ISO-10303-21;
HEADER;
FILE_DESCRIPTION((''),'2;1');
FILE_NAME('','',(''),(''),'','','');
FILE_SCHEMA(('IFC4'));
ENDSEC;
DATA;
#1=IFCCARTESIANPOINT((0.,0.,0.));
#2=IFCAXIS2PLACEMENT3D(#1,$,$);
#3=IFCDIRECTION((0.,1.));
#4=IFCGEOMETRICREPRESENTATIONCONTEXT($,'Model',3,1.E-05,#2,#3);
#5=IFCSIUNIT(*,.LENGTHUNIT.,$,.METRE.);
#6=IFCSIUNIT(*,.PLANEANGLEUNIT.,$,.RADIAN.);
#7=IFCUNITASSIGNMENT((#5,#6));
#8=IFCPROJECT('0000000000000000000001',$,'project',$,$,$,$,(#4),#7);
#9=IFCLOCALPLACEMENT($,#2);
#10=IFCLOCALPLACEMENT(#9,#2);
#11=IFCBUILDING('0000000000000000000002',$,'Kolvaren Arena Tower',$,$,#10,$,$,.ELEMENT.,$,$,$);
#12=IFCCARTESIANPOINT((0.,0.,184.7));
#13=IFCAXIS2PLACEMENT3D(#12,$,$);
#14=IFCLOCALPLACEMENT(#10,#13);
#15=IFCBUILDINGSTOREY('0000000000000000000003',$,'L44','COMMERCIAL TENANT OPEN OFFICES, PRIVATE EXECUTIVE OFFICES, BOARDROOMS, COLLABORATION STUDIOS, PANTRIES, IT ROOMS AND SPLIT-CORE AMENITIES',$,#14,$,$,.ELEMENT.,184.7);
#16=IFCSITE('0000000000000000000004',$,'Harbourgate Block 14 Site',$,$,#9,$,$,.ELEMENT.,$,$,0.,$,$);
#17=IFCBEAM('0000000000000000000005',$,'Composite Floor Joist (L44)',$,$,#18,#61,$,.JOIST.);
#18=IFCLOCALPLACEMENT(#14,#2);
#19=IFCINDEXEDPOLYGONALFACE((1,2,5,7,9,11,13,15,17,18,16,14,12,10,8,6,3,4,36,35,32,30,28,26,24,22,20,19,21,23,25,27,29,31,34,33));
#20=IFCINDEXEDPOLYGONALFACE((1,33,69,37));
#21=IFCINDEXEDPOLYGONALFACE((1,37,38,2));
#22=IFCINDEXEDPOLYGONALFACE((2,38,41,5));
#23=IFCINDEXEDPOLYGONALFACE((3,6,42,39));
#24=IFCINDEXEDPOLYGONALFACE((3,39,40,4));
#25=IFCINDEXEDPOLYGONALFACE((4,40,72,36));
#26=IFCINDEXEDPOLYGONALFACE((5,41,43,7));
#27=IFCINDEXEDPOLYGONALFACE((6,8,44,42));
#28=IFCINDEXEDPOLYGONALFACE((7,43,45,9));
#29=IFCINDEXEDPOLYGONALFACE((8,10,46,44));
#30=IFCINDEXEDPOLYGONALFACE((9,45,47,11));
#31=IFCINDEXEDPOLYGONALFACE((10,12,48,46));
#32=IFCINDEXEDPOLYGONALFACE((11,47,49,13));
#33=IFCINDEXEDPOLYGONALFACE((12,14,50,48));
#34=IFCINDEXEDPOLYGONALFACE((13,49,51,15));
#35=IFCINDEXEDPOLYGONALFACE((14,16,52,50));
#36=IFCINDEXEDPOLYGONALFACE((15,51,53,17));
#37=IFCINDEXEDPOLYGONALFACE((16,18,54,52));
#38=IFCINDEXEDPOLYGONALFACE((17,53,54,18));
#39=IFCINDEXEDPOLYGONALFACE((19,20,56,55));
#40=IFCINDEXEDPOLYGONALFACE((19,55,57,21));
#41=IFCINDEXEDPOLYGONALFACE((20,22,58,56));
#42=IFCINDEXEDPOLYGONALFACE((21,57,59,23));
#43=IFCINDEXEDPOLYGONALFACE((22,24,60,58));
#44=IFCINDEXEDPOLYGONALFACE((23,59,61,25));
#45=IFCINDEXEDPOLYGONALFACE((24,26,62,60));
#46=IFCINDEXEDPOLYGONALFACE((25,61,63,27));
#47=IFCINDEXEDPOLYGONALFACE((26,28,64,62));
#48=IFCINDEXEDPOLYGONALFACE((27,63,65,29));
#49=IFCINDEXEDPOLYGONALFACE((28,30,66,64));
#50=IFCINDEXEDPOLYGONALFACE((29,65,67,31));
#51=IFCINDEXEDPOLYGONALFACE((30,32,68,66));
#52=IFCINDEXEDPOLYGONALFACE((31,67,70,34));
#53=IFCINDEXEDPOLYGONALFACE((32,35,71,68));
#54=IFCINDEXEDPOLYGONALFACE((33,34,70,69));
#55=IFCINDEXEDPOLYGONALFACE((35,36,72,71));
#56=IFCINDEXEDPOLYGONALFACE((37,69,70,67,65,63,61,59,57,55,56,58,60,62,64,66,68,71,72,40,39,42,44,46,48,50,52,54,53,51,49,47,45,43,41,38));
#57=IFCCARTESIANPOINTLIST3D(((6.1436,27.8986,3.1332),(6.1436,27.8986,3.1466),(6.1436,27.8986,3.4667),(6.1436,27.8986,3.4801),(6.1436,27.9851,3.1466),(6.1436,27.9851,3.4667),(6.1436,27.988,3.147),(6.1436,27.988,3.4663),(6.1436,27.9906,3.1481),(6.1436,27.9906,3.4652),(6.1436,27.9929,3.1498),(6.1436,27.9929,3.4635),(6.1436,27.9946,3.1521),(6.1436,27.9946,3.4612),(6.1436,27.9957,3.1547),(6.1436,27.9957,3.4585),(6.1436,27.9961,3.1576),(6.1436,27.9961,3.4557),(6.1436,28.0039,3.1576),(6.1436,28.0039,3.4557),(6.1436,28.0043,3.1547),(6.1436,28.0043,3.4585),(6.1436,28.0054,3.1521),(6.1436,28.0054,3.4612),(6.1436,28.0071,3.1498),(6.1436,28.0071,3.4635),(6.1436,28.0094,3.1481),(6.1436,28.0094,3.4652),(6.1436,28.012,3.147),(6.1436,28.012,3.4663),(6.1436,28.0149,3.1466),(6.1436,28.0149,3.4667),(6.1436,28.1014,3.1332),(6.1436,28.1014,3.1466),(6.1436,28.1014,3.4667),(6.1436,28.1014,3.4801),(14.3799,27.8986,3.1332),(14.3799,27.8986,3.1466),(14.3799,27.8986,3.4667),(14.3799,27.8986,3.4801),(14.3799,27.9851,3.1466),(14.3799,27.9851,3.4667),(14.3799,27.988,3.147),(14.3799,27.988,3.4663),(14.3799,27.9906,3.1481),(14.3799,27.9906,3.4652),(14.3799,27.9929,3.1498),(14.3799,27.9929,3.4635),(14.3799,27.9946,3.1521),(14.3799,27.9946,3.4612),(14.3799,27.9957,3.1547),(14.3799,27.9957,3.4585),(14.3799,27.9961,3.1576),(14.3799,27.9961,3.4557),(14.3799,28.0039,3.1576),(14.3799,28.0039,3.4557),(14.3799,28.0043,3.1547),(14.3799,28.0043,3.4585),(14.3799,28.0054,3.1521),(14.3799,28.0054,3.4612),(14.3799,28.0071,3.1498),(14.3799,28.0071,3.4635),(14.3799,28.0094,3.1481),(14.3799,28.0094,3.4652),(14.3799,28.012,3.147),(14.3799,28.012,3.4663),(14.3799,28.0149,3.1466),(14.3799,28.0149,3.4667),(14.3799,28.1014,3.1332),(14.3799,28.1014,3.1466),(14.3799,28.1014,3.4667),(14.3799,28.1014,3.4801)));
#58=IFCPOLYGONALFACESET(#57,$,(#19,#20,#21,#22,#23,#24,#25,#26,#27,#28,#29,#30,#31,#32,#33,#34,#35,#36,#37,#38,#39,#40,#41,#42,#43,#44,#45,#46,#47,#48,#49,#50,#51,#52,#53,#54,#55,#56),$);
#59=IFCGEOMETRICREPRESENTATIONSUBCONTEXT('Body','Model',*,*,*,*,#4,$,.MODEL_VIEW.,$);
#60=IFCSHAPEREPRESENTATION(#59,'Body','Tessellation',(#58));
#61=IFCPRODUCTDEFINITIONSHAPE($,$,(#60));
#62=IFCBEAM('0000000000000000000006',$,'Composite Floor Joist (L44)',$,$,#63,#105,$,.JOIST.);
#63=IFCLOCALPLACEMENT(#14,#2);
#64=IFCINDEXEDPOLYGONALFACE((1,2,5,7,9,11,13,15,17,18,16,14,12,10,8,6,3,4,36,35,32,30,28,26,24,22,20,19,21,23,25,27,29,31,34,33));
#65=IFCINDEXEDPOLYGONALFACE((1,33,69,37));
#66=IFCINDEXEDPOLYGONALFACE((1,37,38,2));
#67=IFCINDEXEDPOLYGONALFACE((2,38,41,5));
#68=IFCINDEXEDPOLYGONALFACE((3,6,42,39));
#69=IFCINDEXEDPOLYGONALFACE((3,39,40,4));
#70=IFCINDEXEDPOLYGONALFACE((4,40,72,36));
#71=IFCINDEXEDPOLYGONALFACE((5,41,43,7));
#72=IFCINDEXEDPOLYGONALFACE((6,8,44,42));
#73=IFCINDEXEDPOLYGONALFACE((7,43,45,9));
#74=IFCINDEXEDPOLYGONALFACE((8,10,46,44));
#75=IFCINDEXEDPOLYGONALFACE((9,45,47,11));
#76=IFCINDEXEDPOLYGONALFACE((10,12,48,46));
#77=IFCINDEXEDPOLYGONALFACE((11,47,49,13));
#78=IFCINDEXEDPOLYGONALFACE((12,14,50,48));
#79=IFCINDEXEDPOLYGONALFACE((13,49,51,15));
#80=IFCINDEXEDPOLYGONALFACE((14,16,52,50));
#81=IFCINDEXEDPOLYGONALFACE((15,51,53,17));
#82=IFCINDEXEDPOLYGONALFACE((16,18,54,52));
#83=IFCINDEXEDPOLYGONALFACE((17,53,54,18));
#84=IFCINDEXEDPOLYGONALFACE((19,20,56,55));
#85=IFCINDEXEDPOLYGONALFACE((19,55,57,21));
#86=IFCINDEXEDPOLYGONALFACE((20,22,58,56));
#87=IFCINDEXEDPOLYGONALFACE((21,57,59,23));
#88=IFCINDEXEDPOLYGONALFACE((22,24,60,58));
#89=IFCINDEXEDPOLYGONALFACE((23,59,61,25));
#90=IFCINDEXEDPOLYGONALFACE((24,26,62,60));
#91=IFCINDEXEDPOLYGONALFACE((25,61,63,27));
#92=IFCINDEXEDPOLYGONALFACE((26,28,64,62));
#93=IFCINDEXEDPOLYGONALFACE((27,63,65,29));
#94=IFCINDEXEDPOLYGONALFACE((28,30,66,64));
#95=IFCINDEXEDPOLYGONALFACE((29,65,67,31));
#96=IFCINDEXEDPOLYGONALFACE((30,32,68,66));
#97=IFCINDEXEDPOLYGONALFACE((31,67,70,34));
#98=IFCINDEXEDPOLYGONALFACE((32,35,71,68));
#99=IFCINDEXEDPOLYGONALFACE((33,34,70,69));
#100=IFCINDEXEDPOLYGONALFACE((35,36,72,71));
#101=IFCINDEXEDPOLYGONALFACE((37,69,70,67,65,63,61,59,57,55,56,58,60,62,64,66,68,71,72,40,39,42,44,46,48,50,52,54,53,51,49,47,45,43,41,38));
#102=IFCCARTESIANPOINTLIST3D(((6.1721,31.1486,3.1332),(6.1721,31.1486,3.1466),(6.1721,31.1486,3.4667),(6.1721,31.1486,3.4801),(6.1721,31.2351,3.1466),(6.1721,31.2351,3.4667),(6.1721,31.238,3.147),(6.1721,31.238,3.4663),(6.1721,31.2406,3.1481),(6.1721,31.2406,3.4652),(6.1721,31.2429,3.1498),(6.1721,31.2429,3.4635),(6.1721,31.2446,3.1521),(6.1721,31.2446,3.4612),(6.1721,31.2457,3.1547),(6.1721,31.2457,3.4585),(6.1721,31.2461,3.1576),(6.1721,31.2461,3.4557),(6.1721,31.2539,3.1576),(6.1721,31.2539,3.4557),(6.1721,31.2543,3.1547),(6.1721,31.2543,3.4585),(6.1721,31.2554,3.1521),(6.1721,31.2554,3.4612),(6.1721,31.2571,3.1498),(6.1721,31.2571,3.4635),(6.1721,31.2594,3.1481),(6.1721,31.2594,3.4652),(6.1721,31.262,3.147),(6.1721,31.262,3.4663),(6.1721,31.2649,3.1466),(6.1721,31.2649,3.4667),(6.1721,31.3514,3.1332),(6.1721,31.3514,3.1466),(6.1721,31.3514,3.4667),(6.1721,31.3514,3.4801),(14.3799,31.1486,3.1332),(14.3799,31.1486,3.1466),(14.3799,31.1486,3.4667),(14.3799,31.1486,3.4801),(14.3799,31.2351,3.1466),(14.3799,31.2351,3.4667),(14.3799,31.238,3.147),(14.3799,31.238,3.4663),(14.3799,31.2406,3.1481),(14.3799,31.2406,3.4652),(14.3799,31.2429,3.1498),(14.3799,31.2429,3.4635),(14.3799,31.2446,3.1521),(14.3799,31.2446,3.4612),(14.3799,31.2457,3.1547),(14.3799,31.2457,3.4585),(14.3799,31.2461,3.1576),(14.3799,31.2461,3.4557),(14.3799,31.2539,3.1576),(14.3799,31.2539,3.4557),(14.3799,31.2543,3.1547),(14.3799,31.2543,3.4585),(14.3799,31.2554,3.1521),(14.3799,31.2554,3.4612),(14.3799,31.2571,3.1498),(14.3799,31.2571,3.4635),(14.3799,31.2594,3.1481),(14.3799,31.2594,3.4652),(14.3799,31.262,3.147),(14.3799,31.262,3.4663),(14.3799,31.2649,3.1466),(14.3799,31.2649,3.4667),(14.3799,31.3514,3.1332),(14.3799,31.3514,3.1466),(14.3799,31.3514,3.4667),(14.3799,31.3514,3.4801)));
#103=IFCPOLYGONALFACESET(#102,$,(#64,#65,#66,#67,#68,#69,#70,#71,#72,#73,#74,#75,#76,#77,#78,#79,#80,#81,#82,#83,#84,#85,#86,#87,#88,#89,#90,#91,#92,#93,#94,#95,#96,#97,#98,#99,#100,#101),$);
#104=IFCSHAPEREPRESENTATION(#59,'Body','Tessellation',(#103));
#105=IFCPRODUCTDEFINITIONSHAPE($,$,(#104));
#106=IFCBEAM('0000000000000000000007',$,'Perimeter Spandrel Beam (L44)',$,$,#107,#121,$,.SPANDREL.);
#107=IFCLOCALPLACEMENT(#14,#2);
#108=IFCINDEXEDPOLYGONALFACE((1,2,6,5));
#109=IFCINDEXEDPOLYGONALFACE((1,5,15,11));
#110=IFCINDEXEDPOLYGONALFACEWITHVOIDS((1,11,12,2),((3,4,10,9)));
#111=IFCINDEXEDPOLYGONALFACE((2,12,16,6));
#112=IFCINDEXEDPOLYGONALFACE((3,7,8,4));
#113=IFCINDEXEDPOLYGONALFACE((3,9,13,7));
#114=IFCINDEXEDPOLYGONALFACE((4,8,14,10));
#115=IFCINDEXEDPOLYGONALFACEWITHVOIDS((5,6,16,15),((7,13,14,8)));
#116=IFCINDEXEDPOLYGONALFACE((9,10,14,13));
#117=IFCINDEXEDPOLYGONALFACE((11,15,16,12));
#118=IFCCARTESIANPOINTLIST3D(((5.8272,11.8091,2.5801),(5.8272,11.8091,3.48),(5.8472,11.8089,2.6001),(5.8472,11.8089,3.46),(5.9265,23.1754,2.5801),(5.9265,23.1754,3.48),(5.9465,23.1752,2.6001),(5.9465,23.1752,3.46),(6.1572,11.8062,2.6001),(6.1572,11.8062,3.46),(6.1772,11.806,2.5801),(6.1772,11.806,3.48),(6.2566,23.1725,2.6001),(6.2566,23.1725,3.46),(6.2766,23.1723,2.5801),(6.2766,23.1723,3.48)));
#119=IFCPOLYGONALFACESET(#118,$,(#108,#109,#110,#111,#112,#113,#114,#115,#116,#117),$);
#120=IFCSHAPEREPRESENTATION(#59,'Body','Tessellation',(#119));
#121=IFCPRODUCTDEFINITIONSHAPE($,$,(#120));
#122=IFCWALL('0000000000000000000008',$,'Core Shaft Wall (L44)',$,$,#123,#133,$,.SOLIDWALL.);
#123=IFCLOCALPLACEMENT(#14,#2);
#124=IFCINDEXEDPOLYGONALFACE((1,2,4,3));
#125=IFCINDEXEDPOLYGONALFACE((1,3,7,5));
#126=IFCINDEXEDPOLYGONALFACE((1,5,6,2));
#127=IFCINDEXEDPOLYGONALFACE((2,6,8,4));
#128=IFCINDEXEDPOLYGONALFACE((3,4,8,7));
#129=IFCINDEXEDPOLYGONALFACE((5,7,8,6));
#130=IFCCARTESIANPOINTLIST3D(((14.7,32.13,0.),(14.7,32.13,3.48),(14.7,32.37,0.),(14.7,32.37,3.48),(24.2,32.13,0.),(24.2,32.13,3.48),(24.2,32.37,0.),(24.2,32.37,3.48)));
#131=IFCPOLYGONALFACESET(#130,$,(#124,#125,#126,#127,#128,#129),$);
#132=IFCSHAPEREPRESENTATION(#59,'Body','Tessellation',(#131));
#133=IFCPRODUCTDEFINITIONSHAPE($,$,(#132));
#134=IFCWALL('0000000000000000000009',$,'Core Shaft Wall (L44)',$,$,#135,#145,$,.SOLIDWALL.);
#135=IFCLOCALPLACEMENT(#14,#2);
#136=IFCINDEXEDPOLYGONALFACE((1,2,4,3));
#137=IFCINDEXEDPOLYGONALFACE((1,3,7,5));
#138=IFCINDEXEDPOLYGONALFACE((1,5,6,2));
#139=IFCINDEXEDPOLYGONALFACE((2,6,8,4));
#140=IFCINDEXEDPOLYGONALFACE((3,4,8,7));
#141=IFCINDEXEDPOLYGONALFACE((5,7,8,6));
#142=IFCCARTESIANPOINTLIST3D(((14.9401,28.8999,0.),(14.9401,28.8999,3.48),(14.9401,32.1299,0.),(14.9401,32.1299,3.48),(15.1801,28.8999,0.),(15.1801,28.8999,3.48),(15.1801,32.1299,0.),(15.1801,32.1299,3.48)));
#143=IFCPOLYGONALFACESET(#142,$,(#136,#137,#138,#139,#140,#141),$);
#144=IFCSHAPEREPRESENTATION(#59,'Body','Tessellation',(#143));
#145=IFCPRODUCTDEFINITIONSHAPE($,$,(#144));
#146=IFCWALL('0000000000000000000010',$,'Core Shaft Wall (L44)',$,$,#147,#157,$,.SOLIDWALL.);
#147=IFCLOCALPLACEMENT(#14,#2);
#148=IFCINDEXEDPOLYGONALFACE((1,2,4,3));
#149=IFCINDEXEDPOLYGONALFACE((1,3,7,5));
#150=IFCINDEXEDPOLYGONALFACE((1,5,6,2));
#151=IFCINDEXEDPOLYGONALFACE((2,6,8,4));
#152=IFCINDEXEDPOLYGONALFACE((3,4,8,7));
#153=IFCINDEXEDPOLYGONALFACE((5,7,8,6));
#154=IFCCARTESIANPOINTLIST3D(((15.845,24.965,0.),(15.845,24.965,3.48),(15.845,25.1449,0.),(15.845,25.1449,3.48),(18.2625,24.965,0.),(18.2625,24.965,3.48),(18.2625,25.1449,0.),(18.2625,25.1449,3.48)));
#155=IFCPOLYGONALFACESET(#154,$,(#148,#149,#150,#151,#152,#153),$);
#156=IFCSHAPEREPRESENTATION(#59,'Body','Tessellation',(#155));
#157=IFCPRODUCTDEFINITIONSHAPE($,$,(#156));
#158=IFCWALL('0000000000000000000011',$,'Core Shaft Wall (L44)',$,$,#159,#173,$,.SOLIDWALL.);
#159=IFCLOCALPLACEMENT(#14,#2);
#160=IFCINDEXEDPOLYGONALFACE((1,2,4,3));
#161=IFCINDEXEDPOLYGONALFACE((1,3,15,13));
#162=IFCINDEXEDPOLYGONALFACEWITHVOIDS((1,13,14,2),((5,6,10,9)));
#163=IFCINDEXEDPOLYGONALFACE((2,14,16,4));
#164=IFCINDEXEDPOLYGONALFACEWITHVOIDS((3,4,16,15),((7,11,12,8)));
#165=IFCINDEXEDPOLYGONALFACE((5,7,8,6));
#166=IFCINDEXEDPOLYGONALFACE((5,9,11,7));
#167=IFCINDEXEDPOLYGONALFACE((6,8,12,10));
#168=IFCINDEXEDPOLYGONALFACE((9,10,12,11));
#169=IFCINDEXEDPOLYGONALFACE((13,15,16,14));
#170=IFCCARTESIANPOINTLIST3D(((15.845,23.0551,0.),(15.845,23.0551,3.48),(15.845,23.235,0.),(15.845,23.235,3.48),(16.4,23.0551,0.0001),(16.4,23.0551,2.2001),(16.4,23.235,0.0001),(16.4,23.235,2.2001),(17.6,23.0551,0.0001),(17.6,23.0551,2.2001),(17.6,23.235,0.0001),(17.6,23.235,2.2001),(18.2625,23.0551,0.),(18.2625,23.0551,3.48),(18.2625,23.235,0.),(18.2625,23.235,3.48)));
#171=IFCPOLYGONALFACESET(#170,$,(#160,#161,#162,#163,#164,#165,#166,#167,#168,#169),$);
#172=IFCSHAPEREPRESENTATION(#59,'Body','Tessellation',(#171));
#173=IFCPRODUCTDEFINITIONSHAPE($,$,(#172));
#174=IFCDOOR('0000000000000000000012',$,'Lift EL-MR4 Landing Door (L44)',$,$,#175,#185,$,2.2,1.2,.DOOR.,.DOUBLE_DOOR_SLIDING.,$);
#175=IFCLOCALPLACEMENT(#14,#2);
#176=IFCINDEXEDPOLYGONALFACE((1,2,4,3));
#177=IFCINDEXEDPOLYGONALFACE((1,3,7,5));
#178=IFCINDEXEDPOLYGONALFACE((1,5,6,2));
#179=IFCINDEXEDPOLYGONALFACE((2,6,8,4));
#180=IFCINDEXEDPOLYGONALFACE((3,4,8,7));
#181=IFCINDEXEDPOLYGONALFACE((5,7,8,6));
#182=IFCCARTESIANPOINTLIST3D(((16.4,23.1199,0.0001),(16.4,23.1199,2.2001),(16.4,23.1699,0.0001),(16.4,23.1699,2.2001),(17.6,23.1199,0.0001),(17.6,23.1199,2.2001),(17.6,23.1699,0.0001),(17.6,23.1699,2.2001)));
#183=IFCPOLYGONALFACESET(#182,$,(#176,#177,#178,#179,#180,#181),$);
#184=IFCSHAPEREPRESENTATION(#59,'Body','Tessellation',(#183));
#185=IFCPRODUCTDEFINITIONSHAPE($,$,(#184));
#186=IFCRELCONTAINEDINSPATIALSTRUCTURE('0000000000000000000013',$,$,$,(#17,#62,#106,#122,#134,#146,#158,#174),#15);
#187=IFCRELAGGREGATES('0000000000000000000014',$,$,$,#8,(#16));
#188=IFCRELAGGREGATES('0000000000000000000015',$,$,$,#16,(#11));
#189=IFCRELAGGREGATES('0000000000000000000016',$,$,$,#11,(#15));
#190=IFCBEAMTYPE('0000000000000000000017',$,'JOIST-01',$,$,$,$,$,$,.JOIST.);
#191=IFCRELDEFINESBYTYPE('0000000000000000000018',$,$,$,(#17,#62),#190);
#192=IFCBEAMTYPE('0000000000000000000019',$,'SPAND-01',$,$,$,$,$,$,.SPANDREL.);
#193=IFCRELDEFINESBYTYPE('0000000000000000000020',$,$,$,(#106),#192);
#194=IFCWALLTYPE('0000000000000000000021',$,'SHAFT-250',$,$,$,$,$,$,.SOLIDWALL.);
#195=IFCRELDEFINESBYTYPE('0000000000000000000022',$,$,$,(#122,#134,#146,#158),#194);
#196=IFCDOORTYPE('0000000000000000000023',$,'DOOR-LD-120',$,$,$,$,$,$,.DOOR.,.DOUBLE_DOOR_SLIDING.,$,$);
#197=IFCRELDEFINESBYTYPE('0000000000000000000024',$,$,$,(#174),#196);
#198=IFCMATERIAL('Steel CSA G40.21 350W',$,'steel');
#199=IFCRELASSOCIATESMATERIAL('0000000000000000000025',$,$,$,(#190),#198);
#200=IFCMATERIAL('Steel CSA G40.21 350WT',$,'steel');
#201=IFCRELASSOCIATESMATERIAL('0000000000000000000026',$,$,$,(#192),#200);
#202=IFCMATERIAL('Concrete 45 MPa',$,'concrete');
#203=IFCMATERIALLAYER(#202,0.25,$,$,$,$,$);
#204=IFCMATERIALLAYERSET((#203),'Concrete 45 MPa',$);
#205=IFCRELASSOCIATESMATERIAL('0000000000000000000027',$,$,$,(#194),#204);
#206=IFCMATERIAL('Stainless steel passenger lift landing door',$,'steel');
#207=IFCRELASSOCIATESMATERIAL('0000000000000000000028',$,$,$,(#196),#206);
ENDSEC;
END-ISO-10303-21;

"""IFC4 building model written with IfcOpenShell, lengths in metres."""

from ifc_helpers import new_model, si_unit, direction, frame, frame_2d, origin, origin_2d, place, context, subcontext, project, spatial, rectangle, hollow_rectangle, i_section, extrude, material, layer, layer_set, material_profile, profile_set, type_object, element, fill, save


model = new_model("IFC4")

# Units and contexts
model_context = context("Model", 3, precision=1e-05, world=origin(), true_north=direction((0.0, 1.0)))
body_context = subcontext(model_context, "Body", "Model", "MODEL_VIEW")
ifc_project = project(units=[si_unit("LENGTHUNIT", "METRE"), si_unit("PLANEANGLEUNIT", "RADIAN")], contexts=[model_context])

# Site, building, storey
site_placement = place(None, origin())
site = spatial("IfcSite", under=ifc_project, at=site_placement, Name="Harbourgate Block 14 Site", CompositionType="ELEMENT", RefElevation=0.0)
building_placement = place(site_placement, origin())
building = spatial("IfcBuilding", under=site, at=building_placement, Name="Kolvaren Arena Tower", CompositionType="ELEMENT")
storey_placement = place(building_placement, frame((0.0, 0.0, 184.7)))
storey = spatial("IfcBuildingStorey", under=building, at=storey_placement, Name="L44", Description="COMMERCIAL TENANT OPEN OFFICES, PRIVATE EXECUTIVE OFFICES, BOARDROOMS, COLLABORATION STUDIOS, PANTRIES, IT ROOMS AND SPLIT-CORE AMENITIES", CompositionType="ELEMENT", Elevation=184.7)

# Beams
ifc_material_1 = material(Name="Steel CSA G40.21 350W", Category="steel")
ifc_material_profile_1 = material_profile(ifc_material_1, i_section(OverallWidth=0.2029, OverallDepth=0.3469, WebThickness=0.0078, FlangeThickness=0.0134, FilletRadius=0.011, at=origin_2d()), Name="W360x64")
ifc_profile_set_1 = profile_set([ifc_material_profile_1], Name="Steel CSA G40.21 350W")
beam_type_1 = type_object("IfcBeamType", Name="JOIST-01", PredefinedType="JOIST", material=ifc_profile_set_1)
beam_1_placement = place(storey_placement, frame((6.1436, 28.0, 3.3066), z_axis=(1.0, 0.0, 0.0), x_axis=(0.0, 1.0, 0.0)))
element("IfcBeam", 1, at=beam_1_placement, inside=storey, type_object=beam_type_1, Name="Composite Floor Joist (L44)", PredefinedType="JOIST", context=body_context, shape_type="SweptSolid", body=[
    extrude(i_section(OverallWidth=0.2029, OverallDepth=0.3469, WebThickness=0.0078, FlangeThickness=0.0134, FilletRadius=0.011, at=origin_2d()), origin(), (0.0, 0.0, 1.0), 8.2363),
])
beam_2_placement = place(storey_placement, frame((6.1721, 31.25, 3.3066), z_axis=(1.0, 0.0, 0.0), x_axis=(0.0, 1.0, 0.0)))
element("IfcBeam", 2, at=beam_2_placement, inside=storey, type_object=beam_type_1, Name="Composite Floor Joist (L44)", PredefinedType="JOIST", context=body_context, shape_type="SweptSolid", body=[
    extrude(i_section(OverallWidth=0.2029, OverallDepth=0.3469, WebThickness=0.0078, FlangeThickness=0.0134, FilletRadius=0.011, at=origin_2d()), origin(), (0.0, 0.0, 1.0), 8.2078),
])
ifc_material_2 = material(Name="Steel CSA G40.21 350WT", Category="steel")
ifc_material_profile_2 = material_profile(ifc_material_2, hollow_rectangle(XDim=0.3501, YDim=0.8999, WallThickness=0.02, at=origin_2d()), Name="HSS 900x350x20")
ifc_profile_set_2 = profile_set([ifc_material_profile_2], Name="Steel CSA G40.21 350WT")
beam_type_2 = type_object("IfcBeamType", Name="SPAND-01", PredefinedType="SPANDREL", material=ifc_profile_set_2)
beam_3_placement = place(storey_placement, frame((6.1016, 23.1738, 3.03), z_axis=(-0.008742, -0.999962, 0.0), x_axis=(0.999962, -0.008742, 0.0)))
element("IfcBeam", 3, at=beam_3_placement, inside=storey, type_object=beam_type_2, Name="Perimeter Spandrel Beam (L44)", PredefinedType="SPANDREL", context=body_context, shape_type="SweptSolid", body=[
    extrude(hollow_rectangle(XDim=0.3501, YDim=0.8999, WallThickness=0.02, at=origin_2d()), origin(), (0.0, 0.0, 1.0), 11.3667),
])

# Walls
ifc_material_3 = material(Name="Concrete 45 MPa", Category="concrete")
ifc_layer = layer(ifc_material_3, 0.25)
ifc_layer_set = layer_set([ifc_layer], Name="Concrete 45 MPa")
wall_type = type_object("IfcWallType", Name="SHAFT-250", PredefinedType="SOLIDWALL", material=ifc_layer_set)
wall_1_placement = place(storey_placement, frame((14.7, 32.25, 0.0), z_axis=(0.0, 0.0, 1.0), x_axis=(1.0, 0.0, 0.0)))
element("IfcWall", 4, at=wall_1_placement, inside=storey, type_object=wall_type, Name="Core Shaft Wall (L44)", PredefinedType="SOLIDWALL", context=body_context, shape_type="SweptSolid", body=[
    extrude(rectangle(XDim=9.5, YDim=0.24, at=frame_2d((4.75, 0.0))), origin(), (0.0, 0.0, 1.0), 3.48),
])
wall_2_placement = place(storey_placement, frame((15.0601, 28.8999, 0.0), z_axis=(0.0, 0.0, 1.0), x_axis=(0.0, 1.0, 0.0)))
element("IfcWall", 5, at=wall_2_placement, inside=storey, type_object=wall_type, Name="Core Shaft Wall (L44)", PredefinedType="SOLIDWALL", context=body_context, shape_type="SweptSolid", body=[
    extrude(rectangle(XDim=3.23, YDim=0.24, at=frame_2d((1.615, 0.0))), origin(), (0.0, 0.0, 1.0), 3.48),
])
wall_3_placement = place(storey_placement, frame((15.845, 25.0549, 0.0), z_axis=(0.0, 0.0, 1.0), x_axis=(1.0, 0.0, 0.0)))
element("IfcWall", 6, at=wall_3_placement, inside=storey, type_object=wall_type, Name="Core Shaft Wall (L44)", PredefinedType="SOLIDWALL", context=body_context, shape_type="SweptSolid", body=[
    extrude(rectangle(XDim=2.4175, YDim=0.1799, at=frame_2d((1.2087, 0.0))), origin(), (0.0, 0.0, 1.0), 3.48),
])

# Wall, opening, door
wall_4_placement = place(storey_placement, frame((15.845, 23.145, 0.0), z_axis=(0.0, 0.0, 1.0), x_axis=(1.0, 0.0, 0.0)))
wall_4 = element("IfcWall", 7, at=wall_4_placement, inside=storey, type_object=wall_type, Name="Core Shaft Wall (L44)", PredefinedType="SOLIDWALL", context=body_context, shape_type="SweptSolid", body=[
    extrude(rectangle(XDim=2.4175, YDim=0.1799, at=frame_2d((1.2087, 0.0))), origin(), (0.0, 0.0, 1.0), 3.48),
])
opening_1_placement = place(wall_4_placement, frame((0.5549, 0.0, 0.0)))
opening_1 = element("IfcOpeningElement", 8, at=opening_1_placement, cuts=wall_4, PredefinedType="OPENING", context=body_context, shape_type="SweptSolid", body=[
    extrude(rectangle(XDim=1.2, YDim=2.2, at=frame_2d((0.6001, 1.1001))), frame((0.0, 0.0999, 0.0), z_axis=(0.0, -1.0, 0.0), x_axis=(1.0, 0.0, 0.0)), (0.0, 0.0, 1.0), 0.2),
])
ifc_material_4 = material(Name="Stainless steel passenger lift landing door", Category="steel")
door_type_1 = type_object("IfcDoorType", Name="DOOR-LD-120", OperationType="DOUBLE_DOOR_SLIDING", PredefinedType="DOOR", material=ifc_material_4)
door_1_placement = place(opening_1_placement, origin())
door_1 = element("IfcDoor", 9, at=door_1_placement, inside=storey, type_object=door_type_1, Name="Lift EL-MR4 Landing Door (L44)", OperationType="DOUBLE_DOOR_SLIDING", OverallHeight=2.2, OverallWidth=1.2, PredefinedType="DOOR", context=body_context, shape_type="SweptSolid", body=[
    extrude(rectangle(XDim=1.2, YDim=2.2, at=frame_2d((0.6001, 1.1001))), frame((0.0, 0.0249, 0.0), z_axis=(0.0, -1.0, 0.0), x_axis=(1.0, 0.0, 0.0)), (0.0, 0.0, 1.0), 0.05),
])
fill(opening_1, door_1)

save(model, "model.ifc")
